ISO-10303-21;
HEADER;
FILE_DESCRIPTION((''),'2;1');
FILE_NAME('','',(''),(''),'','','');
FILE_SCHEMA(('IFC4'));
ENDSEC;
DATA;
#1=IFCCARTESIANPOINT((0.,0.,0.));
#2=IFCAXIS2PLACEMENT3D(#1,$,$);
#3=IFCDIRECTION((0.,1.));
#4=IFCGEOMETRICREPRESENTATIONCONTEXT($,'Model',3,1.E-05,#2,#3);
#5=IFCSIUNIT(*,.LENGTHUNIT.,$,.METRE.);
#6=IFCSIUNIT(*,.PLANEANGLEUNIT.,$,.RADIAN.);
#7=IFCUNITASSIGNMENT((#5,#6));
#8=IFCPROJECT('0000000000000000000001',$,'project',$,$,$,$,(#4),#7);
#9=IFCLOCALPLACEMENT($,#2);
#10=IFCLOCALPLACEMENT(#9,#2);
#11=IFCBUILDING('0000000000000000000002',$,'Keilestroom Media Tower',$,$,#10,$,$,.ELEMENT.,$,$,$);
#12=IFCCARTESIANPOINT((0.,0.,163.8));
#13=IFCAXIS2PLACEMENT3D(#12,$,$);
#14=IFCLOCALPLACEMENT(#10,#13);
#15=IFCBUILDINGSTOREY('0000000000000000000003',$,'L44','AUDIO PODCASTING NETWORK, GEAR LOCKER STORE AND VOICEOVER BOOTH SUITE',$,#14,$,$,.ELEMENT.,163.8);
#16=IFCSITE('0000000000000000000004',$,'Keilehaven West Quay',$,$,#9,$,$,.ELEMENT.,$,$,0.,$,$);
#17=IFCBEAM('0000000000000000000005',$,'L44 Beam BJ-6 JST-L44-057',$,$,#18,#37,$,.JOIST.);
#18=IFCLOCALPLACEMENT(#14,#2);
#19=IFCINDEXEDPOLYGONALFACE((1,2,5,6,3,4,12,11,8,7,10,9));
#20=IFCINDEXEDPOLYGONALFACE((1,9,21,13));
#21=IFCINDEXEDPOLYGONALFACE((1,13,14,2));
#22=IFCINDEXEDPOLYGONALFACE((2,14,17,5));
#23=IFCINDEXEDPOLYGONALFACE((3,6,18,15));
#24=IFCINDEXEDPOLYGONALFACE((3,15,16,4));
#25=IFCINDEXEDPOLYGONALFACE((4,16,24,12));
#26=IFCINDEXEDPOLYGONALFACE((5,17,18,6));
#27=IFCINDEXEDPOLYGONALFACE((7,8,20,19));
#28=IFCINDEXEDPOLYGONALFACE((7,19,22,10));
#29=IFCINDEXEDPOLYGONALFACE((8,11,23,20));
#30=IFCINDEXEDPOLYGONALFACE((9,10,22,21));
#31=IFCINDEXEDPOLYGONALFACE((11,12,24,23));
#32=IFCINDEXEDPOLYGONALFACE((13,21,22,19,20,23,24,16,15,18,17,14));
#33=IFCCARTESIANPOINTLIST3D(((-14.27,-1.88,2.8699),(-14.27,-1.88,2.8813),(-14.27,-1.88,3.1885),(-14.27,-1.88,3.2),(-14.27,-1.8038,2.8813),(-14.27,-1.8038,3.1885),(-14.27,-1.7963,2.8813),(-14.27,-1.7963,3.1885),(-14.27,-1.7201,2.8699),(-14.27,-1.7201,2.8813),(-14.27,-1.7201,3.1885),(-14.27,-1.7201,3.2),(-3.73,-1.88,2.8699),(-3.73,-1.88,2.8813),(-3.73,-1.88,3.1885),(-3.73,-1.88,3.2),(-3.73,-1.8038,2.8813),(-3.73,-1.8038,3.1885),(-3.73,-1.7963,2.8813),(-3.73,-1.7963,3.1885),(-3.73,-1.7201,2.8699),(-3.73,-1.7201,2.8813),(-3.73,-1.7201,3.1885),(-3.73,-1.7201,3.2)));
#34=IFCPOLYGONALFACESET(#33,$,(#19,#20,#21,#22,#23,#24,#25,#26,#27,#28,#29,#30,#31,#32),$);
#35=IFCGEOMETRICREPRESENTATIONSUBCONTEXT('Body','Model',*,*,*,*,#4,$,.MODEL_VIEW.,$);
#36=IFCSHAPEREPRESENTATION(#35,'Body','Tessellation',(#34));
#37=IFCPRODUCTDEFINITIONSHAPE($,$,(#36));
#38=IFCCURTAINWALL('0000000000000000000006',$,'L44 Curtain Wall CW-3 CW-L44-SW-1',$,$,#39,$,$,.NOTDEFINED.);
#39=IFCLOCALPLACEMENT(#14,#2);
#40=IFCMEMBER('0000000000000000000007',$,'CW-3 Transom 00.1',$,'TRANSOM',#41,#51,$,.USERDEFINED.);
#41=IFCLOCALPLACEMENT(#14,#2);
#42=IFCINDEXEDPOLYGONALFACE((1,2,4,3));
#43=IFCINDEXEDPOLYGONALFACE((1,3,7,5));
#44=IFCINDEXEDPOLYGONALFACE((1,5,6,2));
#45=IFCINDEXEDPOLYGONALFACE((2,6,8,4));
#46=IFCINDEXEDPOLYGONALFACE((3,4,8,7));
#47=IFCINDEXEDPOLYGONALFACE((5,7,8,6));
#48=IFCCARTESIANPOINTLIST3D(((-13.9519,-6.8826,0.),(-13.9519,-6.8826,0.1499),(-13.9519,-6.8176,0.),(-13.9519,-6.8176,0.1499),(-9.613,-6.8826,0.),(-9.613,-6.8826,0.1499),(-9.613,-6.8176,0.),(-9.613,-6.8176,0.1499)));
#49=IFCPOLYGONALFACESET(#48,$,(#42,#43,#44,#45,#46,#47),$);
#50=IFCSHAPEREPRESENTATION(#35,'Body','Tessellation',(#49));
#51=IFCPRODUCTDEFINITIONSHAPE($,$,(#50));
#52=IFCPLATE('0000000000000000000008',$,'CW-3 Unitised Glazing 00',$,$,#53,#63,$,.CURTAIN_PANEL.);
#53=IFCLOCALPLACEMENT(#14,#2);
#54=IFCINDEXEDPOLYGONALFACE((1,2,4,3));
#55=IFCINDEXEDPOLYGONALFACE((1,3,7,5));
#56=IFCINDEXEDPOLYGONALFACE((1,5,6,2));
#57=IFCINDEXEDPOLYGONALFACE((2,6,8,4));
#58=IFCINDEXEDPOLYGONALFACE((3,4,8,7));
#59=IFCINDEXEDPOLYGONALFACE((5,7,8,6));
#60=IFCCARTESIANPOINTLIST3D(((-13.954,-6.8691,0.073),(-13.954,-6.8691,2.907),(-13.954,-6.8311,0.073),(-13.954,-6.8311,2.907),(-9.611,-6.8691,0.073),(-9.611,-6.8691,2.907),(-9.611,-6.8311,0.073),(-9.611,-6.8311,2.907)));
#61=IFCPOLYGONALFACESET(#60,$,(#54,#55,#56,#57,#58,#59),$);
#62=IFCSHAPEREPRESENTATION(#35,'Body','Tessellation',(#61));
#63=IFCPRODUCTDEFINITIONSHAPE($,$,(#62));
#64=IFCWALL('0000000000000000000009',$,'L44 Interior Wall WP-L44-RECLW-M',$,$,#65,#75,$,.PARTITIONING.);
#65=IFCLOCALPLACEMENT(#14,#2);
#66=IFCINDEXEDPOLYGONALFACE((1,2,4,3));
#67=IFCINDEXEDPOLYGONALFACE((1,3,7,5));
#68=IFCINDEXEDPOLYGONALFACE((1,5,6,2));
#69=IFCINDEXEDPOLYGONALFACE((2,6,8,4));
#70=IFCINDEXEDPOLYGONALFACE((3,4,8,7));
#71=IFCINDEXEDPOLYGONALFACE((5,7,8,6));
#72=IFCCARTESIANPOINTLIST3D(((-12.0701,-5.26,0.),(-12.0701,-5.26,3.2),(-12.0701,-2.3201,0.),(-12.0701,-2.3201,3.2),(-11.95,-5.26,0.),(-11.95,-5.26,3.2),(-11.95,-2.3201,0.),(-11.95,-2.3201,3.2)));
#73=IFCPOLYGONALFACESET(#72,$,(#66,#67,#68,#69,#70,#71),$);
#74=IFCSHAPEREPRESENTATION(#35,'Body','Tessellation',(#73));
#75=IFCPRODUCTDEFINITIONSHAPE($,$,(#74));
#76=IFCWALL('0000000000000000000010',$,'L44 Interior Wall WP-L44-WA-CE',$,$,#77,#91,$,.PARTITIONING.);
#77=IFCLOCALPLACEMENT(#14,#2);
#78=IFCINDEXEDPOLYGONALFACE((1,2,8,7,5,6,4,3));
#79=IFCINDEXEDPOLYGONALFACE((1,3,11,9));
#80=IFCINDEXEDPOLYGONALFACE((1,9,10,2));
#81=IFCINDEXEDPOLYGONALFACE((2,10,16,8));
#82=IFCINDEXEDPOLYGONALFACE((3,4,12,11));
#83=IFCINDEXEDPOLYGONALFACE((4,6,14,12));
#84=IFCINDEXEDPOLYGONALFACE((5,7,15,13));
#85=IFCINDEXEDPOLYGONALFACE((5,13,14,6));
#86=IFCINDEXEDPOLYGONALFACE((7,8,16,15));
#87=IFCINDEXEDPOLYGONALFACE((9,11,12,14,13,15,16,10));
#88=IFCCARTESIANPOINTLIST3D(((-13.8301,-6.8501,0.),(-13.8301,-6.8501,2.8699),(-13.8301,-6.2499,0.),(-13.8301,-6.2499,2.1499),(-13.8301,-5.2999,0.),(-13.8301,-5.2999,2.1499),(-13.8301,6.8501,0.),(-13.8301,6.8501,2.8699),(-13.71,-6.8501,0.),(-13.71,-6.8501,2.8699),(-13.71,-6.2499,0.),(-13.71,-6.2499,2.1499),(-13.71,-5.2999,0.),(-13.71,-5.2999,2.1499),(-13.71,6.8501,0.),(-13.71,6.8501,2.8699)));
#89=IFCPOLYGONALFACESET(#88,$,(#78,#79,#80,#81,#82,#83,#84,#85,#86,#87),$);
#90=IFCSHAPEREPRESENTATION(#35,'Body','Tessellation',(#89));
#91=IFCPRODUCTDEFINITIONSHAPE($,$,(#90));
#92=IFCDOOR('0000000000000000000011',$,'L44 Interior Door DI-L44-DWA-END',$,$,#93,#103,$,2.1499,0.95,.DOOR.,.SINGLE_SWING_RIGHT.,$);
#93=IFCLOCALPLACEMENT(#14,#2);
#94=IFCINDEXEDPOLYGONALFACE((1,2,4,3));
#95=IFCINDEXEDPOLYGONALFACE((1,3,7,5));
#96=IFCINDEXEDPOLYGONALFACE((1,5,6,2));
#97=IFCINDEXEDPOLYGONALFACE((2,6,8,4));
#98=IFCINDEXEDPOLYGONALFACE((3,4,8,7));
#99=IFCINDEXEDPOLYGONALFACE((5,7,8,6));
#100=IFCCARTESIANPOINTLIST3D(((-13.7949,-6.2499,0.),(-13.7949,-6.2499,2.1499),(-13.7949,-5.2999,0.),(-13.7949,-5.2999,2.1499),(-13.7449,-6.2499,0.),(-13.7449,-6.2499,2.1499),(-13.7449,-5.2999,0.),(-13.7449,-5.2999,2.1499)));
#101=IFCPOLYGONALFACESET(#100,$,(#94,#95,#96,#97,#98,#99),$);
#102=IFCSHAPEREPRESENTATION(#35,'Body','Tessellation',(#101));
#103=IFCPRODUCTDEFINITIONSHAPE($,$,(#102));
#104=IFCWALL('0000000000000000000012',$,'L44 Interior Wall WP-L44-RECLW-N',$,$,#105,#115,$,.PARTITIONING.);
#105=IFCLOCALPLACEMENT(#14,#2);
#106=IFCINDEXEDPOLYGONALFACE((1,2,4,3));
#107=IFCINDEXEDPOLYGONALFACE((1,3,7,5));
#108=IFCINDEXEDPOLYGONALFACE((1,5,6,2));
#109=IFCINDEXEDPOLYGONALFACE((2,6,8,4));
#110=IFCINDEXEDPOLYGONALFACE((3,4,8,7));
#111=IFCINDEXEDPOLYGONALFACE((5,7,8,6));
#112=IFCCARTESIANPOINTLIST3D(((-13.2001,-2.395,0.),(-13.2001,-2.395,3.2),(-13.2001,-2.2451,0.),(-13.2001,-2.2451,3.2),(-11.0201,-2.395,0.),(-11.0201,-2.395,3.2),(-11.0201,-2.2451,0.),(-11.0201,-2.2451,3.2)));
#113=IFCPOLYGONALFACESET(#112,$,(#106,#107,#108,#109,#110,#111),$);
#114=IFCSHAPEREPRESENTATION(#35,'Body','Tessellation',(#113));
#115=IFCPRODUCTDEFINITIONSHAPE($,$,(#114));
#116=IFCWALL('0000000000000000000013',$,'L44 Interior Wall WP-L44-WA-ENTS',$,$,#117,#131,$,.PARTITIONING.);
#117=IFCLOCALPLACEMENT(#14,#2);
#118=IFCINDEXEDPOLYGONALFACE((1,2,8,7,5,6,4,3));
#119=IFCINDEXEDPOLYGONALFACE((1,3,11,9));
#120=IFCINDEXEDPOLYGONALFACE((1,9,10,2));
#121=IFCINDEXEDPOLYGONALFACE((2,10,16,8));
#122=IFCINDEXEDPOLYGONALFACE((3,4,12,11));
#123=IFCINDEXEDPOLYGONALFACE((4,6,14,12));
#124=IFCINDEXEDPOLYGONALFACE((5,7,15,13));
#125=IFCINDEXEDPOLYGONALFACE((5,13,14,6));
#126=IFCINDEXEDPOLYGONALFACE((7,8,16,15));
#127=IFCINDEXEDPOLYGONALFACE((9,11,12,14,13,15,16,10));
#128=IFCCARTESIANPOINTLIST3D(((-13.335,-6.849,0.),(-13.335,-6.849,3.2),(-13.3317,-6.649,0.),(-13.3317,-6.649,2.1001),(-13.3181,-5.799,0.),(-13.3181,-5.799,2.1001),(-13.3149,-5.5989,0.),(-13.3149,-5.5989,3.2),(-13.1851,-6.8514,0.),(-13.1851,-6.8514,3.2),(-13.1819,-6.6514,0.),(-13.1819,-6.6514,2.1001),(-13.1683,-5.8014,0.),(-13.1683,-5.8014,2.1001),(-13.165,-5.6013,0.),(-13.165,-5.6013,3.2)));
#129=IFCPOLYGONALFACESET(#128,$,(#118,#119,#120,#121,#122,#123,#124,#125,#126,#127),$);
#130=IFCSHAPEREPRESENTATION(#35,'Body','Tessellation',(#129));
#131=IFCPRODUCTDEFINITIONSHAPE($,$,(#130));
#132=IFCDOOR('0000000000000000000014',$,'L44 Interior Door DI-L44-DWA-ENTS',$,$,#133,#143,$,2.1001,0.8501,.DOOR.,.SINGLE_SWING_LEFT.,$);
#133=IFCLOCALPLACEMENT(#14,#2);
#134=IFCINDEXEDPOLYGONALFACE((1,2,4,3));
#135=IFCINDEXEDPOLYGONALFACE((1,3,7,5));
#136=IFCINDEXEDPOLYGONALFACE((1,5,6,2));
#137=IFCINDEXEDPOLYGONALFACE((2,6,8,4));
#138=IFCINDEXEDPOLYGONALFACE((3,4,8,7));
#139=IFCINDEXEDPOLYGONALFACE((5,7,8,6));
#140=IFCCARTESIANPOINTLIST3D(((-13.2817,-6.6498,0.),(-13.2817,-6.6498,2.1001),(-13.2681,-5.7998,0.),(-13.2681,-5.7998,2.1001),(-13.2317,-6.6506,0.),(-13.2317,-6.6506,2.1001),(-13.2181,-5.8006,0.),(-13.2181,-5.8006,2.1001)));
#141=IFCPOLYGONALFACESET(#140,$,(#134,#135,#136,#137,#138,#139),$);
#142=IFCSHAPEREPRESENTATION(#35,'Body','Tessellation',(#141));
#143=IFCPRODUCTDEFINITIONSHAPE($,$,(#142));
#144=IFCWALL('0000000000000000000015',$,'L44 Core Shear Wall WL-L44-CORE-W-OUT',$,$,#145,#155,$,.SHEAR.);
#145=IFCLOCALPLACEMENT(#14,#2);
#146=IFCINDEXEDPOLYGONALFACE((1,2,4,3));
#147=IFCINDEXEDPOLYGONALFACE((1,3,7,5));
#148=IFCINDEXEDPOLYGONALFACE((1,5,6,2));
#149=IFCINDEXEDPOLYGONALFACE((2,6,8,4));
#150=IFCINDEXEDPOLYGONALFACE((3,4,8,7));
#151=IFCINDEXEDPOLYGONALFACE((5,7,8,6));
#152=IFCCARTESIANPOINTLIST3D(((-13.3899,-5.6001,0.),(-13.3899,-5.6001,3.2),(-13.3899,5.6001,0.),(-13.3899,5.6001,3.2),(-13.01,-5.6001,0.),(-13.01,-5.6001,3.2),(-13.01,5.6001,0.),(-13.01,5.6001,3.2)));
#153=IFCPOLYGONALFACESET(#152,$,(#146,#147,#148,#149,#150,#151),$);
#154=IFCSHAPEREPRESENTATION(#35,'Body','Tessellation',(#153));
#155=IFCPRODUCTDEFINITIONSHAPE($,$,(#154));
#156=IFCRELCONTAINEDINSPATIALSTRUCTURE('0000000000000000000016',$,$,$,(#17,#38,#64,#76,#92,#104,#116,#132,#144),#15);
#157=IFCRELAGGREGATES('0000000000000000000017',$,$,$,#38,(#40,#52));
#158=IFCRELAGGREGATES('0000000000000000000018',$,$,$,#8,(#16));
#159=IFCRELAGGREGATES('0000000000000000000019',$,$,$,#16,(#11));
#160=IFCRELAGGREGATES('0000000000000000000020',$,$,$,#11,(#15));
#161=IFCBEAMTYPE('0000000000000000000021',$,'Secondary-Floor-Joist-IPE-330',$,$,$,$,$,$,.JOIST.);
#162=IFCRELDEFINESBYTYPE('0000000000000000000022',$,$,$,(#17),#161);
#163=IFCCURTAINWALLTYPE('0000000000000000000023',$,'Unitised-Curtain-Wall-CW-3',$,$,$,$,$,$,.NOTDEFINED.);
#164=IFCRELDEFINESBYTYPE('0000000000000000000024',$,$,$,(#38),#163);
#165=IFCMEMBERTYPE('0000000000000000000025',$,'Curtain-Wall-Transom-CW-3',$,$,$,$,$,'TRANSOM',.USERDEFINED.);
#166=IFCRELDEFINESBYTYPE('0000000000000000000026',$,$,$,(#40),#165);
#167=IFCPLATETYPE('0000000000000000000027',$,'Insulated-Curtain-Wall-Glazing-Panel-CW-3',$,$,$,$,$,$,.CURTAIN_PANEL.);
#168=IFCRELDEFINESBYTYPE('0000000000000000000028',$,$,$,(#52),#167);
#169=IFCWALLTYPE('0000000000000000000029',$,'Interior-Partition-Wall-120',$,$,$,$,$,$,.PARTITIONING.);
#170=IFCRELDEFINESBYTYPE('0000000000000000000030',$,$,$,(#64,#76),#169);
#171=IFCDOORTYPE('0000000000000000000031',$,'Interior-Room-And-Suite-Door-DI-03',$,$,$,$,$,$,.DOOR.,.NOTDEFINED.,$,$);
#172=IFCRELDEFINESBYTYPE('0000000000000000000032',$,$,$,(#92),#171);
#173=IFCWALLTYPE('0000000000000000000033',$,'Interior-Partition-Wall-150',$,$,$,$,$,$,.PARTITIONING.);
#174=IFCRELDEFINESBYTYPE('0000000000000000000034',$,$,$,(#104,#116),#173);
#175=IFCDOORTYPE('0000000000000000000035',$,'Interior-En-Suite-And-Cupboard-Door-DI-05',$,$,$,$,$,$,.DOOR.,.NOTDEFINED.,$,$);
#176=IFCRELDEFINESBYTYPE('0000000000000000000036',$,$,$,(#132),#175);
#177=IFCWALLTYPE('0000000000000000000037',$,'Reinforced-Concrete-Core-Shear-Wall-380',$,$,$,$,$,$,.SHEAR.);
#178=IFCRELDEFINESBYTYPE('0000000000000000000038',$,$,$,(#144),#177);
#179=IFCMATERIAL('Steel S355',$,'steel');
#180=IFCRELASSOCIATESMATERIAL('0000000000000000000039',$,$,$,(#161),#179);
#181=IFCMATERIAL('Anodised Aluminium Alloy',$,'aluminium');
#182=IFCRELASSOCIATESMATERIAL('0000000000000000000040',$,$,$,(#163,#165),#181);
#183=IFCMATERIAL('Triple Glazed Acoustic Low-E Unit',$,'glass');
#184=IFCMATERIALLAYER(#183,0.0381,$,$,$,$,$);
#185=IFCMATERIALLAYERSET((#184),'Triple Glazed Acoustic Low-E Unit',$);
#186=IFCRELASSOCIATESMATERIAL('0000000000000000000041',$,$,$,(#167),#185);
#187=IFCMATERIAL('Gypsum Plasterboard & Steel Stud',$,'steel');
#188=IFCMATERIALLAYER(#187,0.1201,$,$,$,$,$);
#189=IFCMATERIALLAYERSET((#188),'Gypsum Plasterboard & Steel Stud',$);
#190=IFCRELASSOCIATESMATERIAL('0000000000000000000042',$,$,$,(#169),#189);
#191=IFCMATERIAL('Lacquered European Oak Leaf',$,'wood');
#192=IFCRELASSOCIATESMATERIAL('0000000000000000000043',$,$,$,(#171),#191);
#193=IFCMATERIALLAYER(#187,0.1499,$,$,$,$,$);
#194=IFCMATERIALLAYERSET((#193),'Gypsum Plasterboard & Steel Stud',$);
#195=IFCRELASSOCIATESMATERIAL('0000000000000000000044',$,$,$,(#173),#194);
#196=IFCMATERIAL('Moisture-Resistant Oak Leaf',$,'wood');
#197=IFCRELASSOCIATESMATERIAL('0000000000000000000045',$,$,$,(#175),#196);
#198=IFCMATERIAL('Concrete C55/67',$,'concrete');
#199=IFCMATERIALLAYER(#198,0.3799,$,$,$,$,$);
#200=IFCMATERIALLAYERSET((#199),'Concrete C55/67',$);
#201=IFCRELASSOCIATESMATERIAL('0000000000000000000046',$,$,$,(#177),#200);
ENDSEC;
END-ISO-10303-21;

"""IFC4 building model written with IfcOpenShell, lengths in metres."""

from ifc_helpers import new_model, si_unit, direction, frame, frame_2d, origin, origin_2d, place, context, subcontext, project, spatial, rectangle, i_section, extrude, source, transform, mapped, material, layer, layer_set, material_profile, profile_set, type_object, element, fill, aggregate, save


model = new_model("IFC4")

# Units and contexts
model_context = context("Model", 3, precision=1e-05, world=origin(), true_north=direction((0.0, 1.0)))
body_context = subcontext(model_context, "Body", "Model", "MODEL_VIEW")
ifc_project = project(units=[si_unit("LENGTHUNIT", "METRE"), si_unit("PLANEANGLEUNIT", "RADIAN")], contexts=[model_context])

# Site, building, storey
site_placement = place(None, origin())
site = spatial("IfcSite", under=ifc_project, at=site_placement, Name="Keilehaven West Quay", CompositionType="ELEMENT", RefElevation=0.0)
building_placement = place(site_placement, origin())
building = spatial("IfcBuilding", under=site, at=building_placement, Name="Keilestroom Media Tower", CompositionType="ELEMENT")
storey_placement = place(building_placement, frame((0.0, 0.0, 163.8)))
storey = spatial("IfcBuildingStorey", under=building, at=storey_placement, Name="L44", Description="AUDIO PODCASTING NETWORK, GEAR LOCKER STORE AND VOICEOVER BOOTH SUITE", CompositionType="ELEMENT", Elevation=163.8)

# Beam
ifc_material_1 = material(Name="Steel S355", Category="steel")
ifc_material_profile_1 = material_profile(ifc_material_1, i_section(OverallWidth=0.1599, OverallDepth=0.3301, WebThickness=0.0076, FlangeThickness=0.0115, at=origin_2d()), Name="IPE 330")
ifc_profile_set_1 = profile_set([ifc_material_profile_1], Name="Steel S355")
beam_type = type_object("IfcBeamType", Name="Secondary-Floor-Joist-IPE-330", PredefinedType="JOIST", material=ifc_profile_set_1)
shared_shape_1 = source(origin(), body_context, "Body", "SweptSolid", [
    extrude(i_section(OverallWidth=0.1599, OverallDepth=0.3301, WebThickness=0.0076, FlangeThickness=0.0115, at=origin_2d()), origin(), (0.0, 0.0, 1.0), 10.54),
])
beam_placement = place(storey_placement, frame((-14.27, -1.8, 3.0349), z_axis=(1.0, 0.0, 0.0), x_axis=(0.0, 1.0, 0.0)))
element("IfcBeam", 1, at=beam_placement, inside=storey, type_object=beam_type, Name="L44 Beam BJ-6 JST-L44-057", PredefinedType="JOIST", context=body_context, shape_type="MappedRepresentation", body=[
    mapped(shared_shape_1, transform((0.0, 0.0, 0.0), x_axis=(1.0, 0.0, 0.0), y_axis=(0.0, 1.0, 0.0), z_axis=(0.0, 0.0, 1.0), scale=1.0)),
])

# Curtain wall, member, plate
ifc_material_2 = material(Name="Anodised Aluminium Alloy", Category="aluminium")
curtain_wall_type = type_object("IfcCurtainWallType", Name="Unitised-Curtain-Wall-CW-3", PredefinedType="NOTDEFINED", material=ifc_material_2)
curtain_wall_placement = place(storey_placement, origin())
curtain_wall = element("IfcCurtainWall", 2, at=curtain_wall_placement, inside=storey, type_object=curtain_wall_type, Name="L44 Curtain Wall CW-3 CW-L44-SW-1", PredefinedType="NOTDEFINED")
ifc_material_profile_2 = material_profile(ifc_material_2, rectangle(XDim=0.0649, YDim=0.1499, at=origin_2d()), Name="ALU TRANSOM 65x150")
ifc_profile_set_2 = profile_set([ifc_material_profile_2], Name="Anodised Aluminium Alloy")
member_type = type_object("IfcMemberType", Name="Curtain-Wall-Transom-CW-3", ElementType="TRANSOM", PredefinedType="USERDEFINED", material=ifc_profile_set_2)
shared_shape_2 = source(origin(), body_context, "Body", "SweptSolid", [
    extrude(rectangle(XDim=0.0649, YDim=0.1499, at=origin_2d()), origin(), (0.0, 0.0, 1.0), 4.3389),
])
member_placement = place(storey_placement, frame((-13.9519, -6.8501, 0.075), z_axis=(1.0, 0.0, 0.0), x_axis=(0.0, 1.0, 0.0)))
member = element("IfcMember", 3, at=member_placement, type_object=member_type, Name="CW-3 Transom 00.1", ObjectType="TRANSOM", PredefinedType="USERDEFINED", context=body_context, shape_type="MappedRepresentation", body=[
    mapped(shared_shape_2, transform((0.0, 0.0, 0.0), x_axis=(1.0, 0.0, 0.0), y_axis=(0.0, 1.0, 0.0), z_axis=(0.0, 0.0, 1.0), scale=1.0)),
])
ifc_material_3 = material(Name="Triple Glazed Acoustic Low-E Unit", Category="glass")
ifc_layer_1 = layer(ifc_material_3, 0.0381)
ifc_layer_set_1 = layer_set([ifc_layer_1], Name="Triple Glazed Acoustic Low-E Unit")
plate_type = type_object("IfcPlateType", Name="Insulated-Curtain-Wall-Glazing-Panel-CW-3", PredefinedType="CURTAIN_PANEL", material=ifc_layer_set_1)
shared_shape_3 = source(origin(), body_context, "Body", "SweptSolid", [
    extrude(rectangle(XDim=4.343, YDim=0.0381, at=origin_2d()), origin(), (0.0, 0.0, 1.0), 2.834),
])
plate_placement = place(storey_placement, frame((-11.7825, -6.8501, 0.073), z_axis=(0.0, 0.0, 1.0), x_axis=(1.0, 0.0, 0.0)))
plate = element("IfcPlate", 4, at=plate_placement, type_object=plate_type, Name="CW-3 Unitised Glazing 00", PredefinedType="CURTAIN_PANEL", context=body_context, shape_type="MappedRepresentation", body=[
    mapped(shared_shape_3, transform((0.0, 0.0, 0.0), x_axis=(1.0, 0.0, 0.0), y_axis=(0.0, 1.0, 0.0), z_axis=(0.0, 0.0, 1.0), scale=1.0)),
])
aggregate(curtain_wall, [member, plate])

# Wall
ifc_material_4 = material(Name="Gypsum Plasterboard & Steel Stud", Category="steel")
ifc_layer_2 = layer(ifc_material_4, 0.1201)
ifc_layer_set_2 = layer_set([ifc_layer_2], Name="Gypsum Plasterboard & Steel Stud")
wall_type_1 = type_object("IfcWallType", Name="Interior-Partition-Wall-120", PredefinedType="PARTITIONING", material=ifc_layer_set_2)
wall_1_placement = place(storey_placement, frame((-12.01, -5.26, 0.0), z_axis=(0.0, 0.0, 1.0), x_axis=(0.0, 1.0, 0.0)))
element("IfcWall", 5, at=wall_1_placement, inside=storey, type_object=wall_type_1, Name="L44 Interior Wall WP-L44-RECLW-M", PredefinedType="PARTITIONING", context=body_context, shape_type="SweptSolid", body=[
    extrude(rectangle(XDim=2.9399, YDim=0.1201, at=frame_2d((1.47, 0.0))), origin(), (0.0, 0.0, 1.0), 3.2),
])

# Wall, opening, door
wall_2_placement = place(storey_placement, frame((-13.77, -6.8501, 0.0), z_axis=(0.0, 0.0, 1.0), x_axis=(0.0, 1.0, 0.0)))
wall_2 = element("IfcWall", 6, at=wall_2_placement, inside=storey, type_object=wall_type_1, Name="L44 Interior Wall WP-L44-WA-CE", PredefinedType="PARTITIONING", context=body_context, shape_type="SweptSolid", body=[
    extrude(rectangle(XDim=13.7002, YDim=0.1201, at=frame_2d((6.8501, 0.0))), origin(), (0.0, 0.0, 1.0), 2.8699),
])
opening_1_placement = place(wall_2_placement, frame((0.6001, 0.0, 0.0)))
opening_1 = element("IfcOpeningElement", 7, at=opening_1_placement, cuts=wall_2, PredefinedType="OPENING", context=body_context, shape_type="SweptSolid", body=[
    extrude(rectangle(XDim=0.95, YDim=2.1499, at=frame_2d((0.4751, 1.075))), frame((0.0, 0.0701, 0.0), z_axis=(0.0, -1.0, 0.0), x_axis=(1.0, 0.0, 0.0)), (0.0, 0.0, 1.0), 0.1401),
])
ifc_material_5 = material(Name="Lacquered European Oak Leaf", Category="wood")
door_type_1 = type_object("IfcDoorType", Name="Interior-Room-And-Suite-Door-DI-03", OperationType="NOTDEFINED", PredefinedType="DOOR", material=ifc_material_5)
shared_shape_4 = source(origin(), body_context, "Body", "SweptSolid", [
    extrude(rectangle(XDim=0.95, YDim=2.1499, at=frame_2d((0.4751, 1.075))), frame((0.0, 0.0249, 0.0), z_axis=(0.0, -1.0, 0.0), x_axis=(1.0, 0.0, 0.0)), (0.0, 0.0, 1.0), 0.05),
])
door_1_placement = place(opening_1_placement, origin())
door_1 = element("IfcDoor", 8, at=door_1_placement, inside=storey, type_object=door_type_1, Name="L44 Interior Door DI-L44-DWA-END", OperationType="SINGLE_SWING_RIGHT", OverallHeight=2.1499, OverallWidth=0.95, PredefinedType="DOOR", context=body_context, shape_type="MappedRepresentation", body=[
    mapped(shared_shape_4, transform((0.0, 0.0, 0.0), x_axis=(1.0, 0.0, 0.0), y_axis=(0.0, 1.0, 0.0), z_axis=(0.0, 0.0, 1.0), scale=1.0)),
])
fill(opening_1, door_1)

# Wall
ifc_layer_3 = layer(ifc_material_4, 0.1499)
ifc_layer_set_3 = layer_set([ifc_layer_3], Name="Gypsum Plasterboard & Steel Stud")
wall_type_2 = type_object("IfcWallType", Name="Interior-Partition-Wall-150", PredefinedType="PARTITIONING", material=ifc_layer_set_3)
wall_3_placement = place(storey_placement, frame((-13.2, -2.3201, 0.0), z_axis=(0.0, 0.0, 1.0), x_axis=(1.0, 0.0, 0.0)))
element("IfcWall", 9, at=wall_3_placement, inside=storey, type_object=wall_type_2, Name="L44 Interior Wall WP-L44-RECLW-N", PredefinedType="PARTITIONING", context=body_context, shape_type="SweptSolid", body=[
    extrude(rectangle(XDim=2.1799, YDim=0.1499, at=frame_2d((1.0898, 0.0))), origin(), (0.0, 0.0, 1.0), 3.2),
])

# Wall, opening, door
wall_4_placement = place(storey_placement, frame((-13.26, -6.8501, 0.0), z_axis=(0.0, 0.0, 1.0), x_axis=(0.016014, 0.999872, 0.0)))
wall_4 = element("IfcWall", 10, at=wall_4_placement, inside=storey, type_object=wall_type_2, Name="L44 Interior Wall WP-L44-WA-ENTS", PredefinedType="PARTITIONING", context=body_context, shape_type="SweptSolid", body=[
    extrude(rectangle(XDim=1.2502, YDim=0.1499, at=frame_2d((0.625, 0.0))), origin(), (0.0, 0.0, 1.0), 3.2),
])
opening_2_placement = place(wall_4_placement, frame((0.2, 0.0, 0.0)))
opening_2 = element("IfcOpeningElement", 11, at=opening_2_placement, cuts=wall_4, PredefinedType="OPENING", context=body_context, shape_type="SweptSolid", body=[
    extrude(rectangle(XDim=0.8501, YDim=2.1001, at=frame_2d((0.425, 1.05))), frame((0.0, 0.085, 0.0), z_axis=(0.0, -1.0, 0.0), x_axis=(1.0, 0.0, 0.0)), (0.0, 0.0, 1.0), 0.1699),
])
ifc_material_6 = material(Name="Moisture-Resistant Oak Leaf", Category="wood")
door_type_2 = type_object("IfcDoorType", Name="Interior-En-Suite-And-Cupboard-Door-DI-05", OperationType="NOTDEFINED", PredefinedType="DOOR", material=ifc_material_6)
shared_shape_5 = source(origin(), body_context, "Body", "SweptSolid", [
    extrude(rectangle(XDim=0.8501, YDim=2.1001, at=frame_2d((0.425, 1.05))), frame((0.0, 0.0249, 0.0), z_axis=(0.0, -1.0, 0.0), x_axis=(1.0, 0.0, 0.0)), (0.0, 0.0, 1.0), 0.05),
])
door_2_placement = place(opening_2_placement, origin())
door_2 = element("IfcDoor", 12, at=door_2_placement, inside=storey, type_object=door_type_2, Name="L44 Interior Door DI-L44-DWA-ENTS", OperationType="SINGLE_SWING_LEFT", OverallHeight=2.1001, OverallWidth=0.8501, PredefinedType="DOOR", context=body_context, shape_type="MappedRepresentation", body=[
    mapped(shared_shape_5, transform((0.0, 0.0, 0.0), x_axis=(1.0, 0.0, 0.0), y_axis=(0.0, 1.0, 0.0), z_axis=(0.0, 0.0, 1.0), scale=1.0)),
])
fill(opening_2, door_2)

# Wall
ifc_material_7 = material(Name="Concrete C55/67", Category="concrete")
ifc_layer_4 = layer(ifc_material_7, 0.3799)
ifc_layer_set_4 = layer_set([ifc_layer_4], Name="Concrete C55/67")
wall_type_3 = type_object("IfcWallType", Name="Reinforced-Concrete-Core-Shear-Wall-380", PredefinedType="SHEAR", material=ifc_layer_set_4)
wall_5_placement = place(storey_placement, frame((-13.2, -5.6001, 0.0), z_axis=(0.0, 0.0, 1.0), x_axis=(0.0, 1.0, 0.0)))
element("IfcWall", 13, at=wall_5_placement, inside=storey, type_object=wall_type_3, Name="L44 Core Shear Wall WL-L44-CORE-W-OUT", PredefinedType="SHEAR", context=body_context, shape_type="SweptSolid", body=[
    extrude(rectangle(XDim=11.2002, YDim=0.3799, at=frame_2d((5.6001, 0.0))), origin(), (0.0, 0.0, 1.0), 3.2),
])

save(model, "model.ifc")
